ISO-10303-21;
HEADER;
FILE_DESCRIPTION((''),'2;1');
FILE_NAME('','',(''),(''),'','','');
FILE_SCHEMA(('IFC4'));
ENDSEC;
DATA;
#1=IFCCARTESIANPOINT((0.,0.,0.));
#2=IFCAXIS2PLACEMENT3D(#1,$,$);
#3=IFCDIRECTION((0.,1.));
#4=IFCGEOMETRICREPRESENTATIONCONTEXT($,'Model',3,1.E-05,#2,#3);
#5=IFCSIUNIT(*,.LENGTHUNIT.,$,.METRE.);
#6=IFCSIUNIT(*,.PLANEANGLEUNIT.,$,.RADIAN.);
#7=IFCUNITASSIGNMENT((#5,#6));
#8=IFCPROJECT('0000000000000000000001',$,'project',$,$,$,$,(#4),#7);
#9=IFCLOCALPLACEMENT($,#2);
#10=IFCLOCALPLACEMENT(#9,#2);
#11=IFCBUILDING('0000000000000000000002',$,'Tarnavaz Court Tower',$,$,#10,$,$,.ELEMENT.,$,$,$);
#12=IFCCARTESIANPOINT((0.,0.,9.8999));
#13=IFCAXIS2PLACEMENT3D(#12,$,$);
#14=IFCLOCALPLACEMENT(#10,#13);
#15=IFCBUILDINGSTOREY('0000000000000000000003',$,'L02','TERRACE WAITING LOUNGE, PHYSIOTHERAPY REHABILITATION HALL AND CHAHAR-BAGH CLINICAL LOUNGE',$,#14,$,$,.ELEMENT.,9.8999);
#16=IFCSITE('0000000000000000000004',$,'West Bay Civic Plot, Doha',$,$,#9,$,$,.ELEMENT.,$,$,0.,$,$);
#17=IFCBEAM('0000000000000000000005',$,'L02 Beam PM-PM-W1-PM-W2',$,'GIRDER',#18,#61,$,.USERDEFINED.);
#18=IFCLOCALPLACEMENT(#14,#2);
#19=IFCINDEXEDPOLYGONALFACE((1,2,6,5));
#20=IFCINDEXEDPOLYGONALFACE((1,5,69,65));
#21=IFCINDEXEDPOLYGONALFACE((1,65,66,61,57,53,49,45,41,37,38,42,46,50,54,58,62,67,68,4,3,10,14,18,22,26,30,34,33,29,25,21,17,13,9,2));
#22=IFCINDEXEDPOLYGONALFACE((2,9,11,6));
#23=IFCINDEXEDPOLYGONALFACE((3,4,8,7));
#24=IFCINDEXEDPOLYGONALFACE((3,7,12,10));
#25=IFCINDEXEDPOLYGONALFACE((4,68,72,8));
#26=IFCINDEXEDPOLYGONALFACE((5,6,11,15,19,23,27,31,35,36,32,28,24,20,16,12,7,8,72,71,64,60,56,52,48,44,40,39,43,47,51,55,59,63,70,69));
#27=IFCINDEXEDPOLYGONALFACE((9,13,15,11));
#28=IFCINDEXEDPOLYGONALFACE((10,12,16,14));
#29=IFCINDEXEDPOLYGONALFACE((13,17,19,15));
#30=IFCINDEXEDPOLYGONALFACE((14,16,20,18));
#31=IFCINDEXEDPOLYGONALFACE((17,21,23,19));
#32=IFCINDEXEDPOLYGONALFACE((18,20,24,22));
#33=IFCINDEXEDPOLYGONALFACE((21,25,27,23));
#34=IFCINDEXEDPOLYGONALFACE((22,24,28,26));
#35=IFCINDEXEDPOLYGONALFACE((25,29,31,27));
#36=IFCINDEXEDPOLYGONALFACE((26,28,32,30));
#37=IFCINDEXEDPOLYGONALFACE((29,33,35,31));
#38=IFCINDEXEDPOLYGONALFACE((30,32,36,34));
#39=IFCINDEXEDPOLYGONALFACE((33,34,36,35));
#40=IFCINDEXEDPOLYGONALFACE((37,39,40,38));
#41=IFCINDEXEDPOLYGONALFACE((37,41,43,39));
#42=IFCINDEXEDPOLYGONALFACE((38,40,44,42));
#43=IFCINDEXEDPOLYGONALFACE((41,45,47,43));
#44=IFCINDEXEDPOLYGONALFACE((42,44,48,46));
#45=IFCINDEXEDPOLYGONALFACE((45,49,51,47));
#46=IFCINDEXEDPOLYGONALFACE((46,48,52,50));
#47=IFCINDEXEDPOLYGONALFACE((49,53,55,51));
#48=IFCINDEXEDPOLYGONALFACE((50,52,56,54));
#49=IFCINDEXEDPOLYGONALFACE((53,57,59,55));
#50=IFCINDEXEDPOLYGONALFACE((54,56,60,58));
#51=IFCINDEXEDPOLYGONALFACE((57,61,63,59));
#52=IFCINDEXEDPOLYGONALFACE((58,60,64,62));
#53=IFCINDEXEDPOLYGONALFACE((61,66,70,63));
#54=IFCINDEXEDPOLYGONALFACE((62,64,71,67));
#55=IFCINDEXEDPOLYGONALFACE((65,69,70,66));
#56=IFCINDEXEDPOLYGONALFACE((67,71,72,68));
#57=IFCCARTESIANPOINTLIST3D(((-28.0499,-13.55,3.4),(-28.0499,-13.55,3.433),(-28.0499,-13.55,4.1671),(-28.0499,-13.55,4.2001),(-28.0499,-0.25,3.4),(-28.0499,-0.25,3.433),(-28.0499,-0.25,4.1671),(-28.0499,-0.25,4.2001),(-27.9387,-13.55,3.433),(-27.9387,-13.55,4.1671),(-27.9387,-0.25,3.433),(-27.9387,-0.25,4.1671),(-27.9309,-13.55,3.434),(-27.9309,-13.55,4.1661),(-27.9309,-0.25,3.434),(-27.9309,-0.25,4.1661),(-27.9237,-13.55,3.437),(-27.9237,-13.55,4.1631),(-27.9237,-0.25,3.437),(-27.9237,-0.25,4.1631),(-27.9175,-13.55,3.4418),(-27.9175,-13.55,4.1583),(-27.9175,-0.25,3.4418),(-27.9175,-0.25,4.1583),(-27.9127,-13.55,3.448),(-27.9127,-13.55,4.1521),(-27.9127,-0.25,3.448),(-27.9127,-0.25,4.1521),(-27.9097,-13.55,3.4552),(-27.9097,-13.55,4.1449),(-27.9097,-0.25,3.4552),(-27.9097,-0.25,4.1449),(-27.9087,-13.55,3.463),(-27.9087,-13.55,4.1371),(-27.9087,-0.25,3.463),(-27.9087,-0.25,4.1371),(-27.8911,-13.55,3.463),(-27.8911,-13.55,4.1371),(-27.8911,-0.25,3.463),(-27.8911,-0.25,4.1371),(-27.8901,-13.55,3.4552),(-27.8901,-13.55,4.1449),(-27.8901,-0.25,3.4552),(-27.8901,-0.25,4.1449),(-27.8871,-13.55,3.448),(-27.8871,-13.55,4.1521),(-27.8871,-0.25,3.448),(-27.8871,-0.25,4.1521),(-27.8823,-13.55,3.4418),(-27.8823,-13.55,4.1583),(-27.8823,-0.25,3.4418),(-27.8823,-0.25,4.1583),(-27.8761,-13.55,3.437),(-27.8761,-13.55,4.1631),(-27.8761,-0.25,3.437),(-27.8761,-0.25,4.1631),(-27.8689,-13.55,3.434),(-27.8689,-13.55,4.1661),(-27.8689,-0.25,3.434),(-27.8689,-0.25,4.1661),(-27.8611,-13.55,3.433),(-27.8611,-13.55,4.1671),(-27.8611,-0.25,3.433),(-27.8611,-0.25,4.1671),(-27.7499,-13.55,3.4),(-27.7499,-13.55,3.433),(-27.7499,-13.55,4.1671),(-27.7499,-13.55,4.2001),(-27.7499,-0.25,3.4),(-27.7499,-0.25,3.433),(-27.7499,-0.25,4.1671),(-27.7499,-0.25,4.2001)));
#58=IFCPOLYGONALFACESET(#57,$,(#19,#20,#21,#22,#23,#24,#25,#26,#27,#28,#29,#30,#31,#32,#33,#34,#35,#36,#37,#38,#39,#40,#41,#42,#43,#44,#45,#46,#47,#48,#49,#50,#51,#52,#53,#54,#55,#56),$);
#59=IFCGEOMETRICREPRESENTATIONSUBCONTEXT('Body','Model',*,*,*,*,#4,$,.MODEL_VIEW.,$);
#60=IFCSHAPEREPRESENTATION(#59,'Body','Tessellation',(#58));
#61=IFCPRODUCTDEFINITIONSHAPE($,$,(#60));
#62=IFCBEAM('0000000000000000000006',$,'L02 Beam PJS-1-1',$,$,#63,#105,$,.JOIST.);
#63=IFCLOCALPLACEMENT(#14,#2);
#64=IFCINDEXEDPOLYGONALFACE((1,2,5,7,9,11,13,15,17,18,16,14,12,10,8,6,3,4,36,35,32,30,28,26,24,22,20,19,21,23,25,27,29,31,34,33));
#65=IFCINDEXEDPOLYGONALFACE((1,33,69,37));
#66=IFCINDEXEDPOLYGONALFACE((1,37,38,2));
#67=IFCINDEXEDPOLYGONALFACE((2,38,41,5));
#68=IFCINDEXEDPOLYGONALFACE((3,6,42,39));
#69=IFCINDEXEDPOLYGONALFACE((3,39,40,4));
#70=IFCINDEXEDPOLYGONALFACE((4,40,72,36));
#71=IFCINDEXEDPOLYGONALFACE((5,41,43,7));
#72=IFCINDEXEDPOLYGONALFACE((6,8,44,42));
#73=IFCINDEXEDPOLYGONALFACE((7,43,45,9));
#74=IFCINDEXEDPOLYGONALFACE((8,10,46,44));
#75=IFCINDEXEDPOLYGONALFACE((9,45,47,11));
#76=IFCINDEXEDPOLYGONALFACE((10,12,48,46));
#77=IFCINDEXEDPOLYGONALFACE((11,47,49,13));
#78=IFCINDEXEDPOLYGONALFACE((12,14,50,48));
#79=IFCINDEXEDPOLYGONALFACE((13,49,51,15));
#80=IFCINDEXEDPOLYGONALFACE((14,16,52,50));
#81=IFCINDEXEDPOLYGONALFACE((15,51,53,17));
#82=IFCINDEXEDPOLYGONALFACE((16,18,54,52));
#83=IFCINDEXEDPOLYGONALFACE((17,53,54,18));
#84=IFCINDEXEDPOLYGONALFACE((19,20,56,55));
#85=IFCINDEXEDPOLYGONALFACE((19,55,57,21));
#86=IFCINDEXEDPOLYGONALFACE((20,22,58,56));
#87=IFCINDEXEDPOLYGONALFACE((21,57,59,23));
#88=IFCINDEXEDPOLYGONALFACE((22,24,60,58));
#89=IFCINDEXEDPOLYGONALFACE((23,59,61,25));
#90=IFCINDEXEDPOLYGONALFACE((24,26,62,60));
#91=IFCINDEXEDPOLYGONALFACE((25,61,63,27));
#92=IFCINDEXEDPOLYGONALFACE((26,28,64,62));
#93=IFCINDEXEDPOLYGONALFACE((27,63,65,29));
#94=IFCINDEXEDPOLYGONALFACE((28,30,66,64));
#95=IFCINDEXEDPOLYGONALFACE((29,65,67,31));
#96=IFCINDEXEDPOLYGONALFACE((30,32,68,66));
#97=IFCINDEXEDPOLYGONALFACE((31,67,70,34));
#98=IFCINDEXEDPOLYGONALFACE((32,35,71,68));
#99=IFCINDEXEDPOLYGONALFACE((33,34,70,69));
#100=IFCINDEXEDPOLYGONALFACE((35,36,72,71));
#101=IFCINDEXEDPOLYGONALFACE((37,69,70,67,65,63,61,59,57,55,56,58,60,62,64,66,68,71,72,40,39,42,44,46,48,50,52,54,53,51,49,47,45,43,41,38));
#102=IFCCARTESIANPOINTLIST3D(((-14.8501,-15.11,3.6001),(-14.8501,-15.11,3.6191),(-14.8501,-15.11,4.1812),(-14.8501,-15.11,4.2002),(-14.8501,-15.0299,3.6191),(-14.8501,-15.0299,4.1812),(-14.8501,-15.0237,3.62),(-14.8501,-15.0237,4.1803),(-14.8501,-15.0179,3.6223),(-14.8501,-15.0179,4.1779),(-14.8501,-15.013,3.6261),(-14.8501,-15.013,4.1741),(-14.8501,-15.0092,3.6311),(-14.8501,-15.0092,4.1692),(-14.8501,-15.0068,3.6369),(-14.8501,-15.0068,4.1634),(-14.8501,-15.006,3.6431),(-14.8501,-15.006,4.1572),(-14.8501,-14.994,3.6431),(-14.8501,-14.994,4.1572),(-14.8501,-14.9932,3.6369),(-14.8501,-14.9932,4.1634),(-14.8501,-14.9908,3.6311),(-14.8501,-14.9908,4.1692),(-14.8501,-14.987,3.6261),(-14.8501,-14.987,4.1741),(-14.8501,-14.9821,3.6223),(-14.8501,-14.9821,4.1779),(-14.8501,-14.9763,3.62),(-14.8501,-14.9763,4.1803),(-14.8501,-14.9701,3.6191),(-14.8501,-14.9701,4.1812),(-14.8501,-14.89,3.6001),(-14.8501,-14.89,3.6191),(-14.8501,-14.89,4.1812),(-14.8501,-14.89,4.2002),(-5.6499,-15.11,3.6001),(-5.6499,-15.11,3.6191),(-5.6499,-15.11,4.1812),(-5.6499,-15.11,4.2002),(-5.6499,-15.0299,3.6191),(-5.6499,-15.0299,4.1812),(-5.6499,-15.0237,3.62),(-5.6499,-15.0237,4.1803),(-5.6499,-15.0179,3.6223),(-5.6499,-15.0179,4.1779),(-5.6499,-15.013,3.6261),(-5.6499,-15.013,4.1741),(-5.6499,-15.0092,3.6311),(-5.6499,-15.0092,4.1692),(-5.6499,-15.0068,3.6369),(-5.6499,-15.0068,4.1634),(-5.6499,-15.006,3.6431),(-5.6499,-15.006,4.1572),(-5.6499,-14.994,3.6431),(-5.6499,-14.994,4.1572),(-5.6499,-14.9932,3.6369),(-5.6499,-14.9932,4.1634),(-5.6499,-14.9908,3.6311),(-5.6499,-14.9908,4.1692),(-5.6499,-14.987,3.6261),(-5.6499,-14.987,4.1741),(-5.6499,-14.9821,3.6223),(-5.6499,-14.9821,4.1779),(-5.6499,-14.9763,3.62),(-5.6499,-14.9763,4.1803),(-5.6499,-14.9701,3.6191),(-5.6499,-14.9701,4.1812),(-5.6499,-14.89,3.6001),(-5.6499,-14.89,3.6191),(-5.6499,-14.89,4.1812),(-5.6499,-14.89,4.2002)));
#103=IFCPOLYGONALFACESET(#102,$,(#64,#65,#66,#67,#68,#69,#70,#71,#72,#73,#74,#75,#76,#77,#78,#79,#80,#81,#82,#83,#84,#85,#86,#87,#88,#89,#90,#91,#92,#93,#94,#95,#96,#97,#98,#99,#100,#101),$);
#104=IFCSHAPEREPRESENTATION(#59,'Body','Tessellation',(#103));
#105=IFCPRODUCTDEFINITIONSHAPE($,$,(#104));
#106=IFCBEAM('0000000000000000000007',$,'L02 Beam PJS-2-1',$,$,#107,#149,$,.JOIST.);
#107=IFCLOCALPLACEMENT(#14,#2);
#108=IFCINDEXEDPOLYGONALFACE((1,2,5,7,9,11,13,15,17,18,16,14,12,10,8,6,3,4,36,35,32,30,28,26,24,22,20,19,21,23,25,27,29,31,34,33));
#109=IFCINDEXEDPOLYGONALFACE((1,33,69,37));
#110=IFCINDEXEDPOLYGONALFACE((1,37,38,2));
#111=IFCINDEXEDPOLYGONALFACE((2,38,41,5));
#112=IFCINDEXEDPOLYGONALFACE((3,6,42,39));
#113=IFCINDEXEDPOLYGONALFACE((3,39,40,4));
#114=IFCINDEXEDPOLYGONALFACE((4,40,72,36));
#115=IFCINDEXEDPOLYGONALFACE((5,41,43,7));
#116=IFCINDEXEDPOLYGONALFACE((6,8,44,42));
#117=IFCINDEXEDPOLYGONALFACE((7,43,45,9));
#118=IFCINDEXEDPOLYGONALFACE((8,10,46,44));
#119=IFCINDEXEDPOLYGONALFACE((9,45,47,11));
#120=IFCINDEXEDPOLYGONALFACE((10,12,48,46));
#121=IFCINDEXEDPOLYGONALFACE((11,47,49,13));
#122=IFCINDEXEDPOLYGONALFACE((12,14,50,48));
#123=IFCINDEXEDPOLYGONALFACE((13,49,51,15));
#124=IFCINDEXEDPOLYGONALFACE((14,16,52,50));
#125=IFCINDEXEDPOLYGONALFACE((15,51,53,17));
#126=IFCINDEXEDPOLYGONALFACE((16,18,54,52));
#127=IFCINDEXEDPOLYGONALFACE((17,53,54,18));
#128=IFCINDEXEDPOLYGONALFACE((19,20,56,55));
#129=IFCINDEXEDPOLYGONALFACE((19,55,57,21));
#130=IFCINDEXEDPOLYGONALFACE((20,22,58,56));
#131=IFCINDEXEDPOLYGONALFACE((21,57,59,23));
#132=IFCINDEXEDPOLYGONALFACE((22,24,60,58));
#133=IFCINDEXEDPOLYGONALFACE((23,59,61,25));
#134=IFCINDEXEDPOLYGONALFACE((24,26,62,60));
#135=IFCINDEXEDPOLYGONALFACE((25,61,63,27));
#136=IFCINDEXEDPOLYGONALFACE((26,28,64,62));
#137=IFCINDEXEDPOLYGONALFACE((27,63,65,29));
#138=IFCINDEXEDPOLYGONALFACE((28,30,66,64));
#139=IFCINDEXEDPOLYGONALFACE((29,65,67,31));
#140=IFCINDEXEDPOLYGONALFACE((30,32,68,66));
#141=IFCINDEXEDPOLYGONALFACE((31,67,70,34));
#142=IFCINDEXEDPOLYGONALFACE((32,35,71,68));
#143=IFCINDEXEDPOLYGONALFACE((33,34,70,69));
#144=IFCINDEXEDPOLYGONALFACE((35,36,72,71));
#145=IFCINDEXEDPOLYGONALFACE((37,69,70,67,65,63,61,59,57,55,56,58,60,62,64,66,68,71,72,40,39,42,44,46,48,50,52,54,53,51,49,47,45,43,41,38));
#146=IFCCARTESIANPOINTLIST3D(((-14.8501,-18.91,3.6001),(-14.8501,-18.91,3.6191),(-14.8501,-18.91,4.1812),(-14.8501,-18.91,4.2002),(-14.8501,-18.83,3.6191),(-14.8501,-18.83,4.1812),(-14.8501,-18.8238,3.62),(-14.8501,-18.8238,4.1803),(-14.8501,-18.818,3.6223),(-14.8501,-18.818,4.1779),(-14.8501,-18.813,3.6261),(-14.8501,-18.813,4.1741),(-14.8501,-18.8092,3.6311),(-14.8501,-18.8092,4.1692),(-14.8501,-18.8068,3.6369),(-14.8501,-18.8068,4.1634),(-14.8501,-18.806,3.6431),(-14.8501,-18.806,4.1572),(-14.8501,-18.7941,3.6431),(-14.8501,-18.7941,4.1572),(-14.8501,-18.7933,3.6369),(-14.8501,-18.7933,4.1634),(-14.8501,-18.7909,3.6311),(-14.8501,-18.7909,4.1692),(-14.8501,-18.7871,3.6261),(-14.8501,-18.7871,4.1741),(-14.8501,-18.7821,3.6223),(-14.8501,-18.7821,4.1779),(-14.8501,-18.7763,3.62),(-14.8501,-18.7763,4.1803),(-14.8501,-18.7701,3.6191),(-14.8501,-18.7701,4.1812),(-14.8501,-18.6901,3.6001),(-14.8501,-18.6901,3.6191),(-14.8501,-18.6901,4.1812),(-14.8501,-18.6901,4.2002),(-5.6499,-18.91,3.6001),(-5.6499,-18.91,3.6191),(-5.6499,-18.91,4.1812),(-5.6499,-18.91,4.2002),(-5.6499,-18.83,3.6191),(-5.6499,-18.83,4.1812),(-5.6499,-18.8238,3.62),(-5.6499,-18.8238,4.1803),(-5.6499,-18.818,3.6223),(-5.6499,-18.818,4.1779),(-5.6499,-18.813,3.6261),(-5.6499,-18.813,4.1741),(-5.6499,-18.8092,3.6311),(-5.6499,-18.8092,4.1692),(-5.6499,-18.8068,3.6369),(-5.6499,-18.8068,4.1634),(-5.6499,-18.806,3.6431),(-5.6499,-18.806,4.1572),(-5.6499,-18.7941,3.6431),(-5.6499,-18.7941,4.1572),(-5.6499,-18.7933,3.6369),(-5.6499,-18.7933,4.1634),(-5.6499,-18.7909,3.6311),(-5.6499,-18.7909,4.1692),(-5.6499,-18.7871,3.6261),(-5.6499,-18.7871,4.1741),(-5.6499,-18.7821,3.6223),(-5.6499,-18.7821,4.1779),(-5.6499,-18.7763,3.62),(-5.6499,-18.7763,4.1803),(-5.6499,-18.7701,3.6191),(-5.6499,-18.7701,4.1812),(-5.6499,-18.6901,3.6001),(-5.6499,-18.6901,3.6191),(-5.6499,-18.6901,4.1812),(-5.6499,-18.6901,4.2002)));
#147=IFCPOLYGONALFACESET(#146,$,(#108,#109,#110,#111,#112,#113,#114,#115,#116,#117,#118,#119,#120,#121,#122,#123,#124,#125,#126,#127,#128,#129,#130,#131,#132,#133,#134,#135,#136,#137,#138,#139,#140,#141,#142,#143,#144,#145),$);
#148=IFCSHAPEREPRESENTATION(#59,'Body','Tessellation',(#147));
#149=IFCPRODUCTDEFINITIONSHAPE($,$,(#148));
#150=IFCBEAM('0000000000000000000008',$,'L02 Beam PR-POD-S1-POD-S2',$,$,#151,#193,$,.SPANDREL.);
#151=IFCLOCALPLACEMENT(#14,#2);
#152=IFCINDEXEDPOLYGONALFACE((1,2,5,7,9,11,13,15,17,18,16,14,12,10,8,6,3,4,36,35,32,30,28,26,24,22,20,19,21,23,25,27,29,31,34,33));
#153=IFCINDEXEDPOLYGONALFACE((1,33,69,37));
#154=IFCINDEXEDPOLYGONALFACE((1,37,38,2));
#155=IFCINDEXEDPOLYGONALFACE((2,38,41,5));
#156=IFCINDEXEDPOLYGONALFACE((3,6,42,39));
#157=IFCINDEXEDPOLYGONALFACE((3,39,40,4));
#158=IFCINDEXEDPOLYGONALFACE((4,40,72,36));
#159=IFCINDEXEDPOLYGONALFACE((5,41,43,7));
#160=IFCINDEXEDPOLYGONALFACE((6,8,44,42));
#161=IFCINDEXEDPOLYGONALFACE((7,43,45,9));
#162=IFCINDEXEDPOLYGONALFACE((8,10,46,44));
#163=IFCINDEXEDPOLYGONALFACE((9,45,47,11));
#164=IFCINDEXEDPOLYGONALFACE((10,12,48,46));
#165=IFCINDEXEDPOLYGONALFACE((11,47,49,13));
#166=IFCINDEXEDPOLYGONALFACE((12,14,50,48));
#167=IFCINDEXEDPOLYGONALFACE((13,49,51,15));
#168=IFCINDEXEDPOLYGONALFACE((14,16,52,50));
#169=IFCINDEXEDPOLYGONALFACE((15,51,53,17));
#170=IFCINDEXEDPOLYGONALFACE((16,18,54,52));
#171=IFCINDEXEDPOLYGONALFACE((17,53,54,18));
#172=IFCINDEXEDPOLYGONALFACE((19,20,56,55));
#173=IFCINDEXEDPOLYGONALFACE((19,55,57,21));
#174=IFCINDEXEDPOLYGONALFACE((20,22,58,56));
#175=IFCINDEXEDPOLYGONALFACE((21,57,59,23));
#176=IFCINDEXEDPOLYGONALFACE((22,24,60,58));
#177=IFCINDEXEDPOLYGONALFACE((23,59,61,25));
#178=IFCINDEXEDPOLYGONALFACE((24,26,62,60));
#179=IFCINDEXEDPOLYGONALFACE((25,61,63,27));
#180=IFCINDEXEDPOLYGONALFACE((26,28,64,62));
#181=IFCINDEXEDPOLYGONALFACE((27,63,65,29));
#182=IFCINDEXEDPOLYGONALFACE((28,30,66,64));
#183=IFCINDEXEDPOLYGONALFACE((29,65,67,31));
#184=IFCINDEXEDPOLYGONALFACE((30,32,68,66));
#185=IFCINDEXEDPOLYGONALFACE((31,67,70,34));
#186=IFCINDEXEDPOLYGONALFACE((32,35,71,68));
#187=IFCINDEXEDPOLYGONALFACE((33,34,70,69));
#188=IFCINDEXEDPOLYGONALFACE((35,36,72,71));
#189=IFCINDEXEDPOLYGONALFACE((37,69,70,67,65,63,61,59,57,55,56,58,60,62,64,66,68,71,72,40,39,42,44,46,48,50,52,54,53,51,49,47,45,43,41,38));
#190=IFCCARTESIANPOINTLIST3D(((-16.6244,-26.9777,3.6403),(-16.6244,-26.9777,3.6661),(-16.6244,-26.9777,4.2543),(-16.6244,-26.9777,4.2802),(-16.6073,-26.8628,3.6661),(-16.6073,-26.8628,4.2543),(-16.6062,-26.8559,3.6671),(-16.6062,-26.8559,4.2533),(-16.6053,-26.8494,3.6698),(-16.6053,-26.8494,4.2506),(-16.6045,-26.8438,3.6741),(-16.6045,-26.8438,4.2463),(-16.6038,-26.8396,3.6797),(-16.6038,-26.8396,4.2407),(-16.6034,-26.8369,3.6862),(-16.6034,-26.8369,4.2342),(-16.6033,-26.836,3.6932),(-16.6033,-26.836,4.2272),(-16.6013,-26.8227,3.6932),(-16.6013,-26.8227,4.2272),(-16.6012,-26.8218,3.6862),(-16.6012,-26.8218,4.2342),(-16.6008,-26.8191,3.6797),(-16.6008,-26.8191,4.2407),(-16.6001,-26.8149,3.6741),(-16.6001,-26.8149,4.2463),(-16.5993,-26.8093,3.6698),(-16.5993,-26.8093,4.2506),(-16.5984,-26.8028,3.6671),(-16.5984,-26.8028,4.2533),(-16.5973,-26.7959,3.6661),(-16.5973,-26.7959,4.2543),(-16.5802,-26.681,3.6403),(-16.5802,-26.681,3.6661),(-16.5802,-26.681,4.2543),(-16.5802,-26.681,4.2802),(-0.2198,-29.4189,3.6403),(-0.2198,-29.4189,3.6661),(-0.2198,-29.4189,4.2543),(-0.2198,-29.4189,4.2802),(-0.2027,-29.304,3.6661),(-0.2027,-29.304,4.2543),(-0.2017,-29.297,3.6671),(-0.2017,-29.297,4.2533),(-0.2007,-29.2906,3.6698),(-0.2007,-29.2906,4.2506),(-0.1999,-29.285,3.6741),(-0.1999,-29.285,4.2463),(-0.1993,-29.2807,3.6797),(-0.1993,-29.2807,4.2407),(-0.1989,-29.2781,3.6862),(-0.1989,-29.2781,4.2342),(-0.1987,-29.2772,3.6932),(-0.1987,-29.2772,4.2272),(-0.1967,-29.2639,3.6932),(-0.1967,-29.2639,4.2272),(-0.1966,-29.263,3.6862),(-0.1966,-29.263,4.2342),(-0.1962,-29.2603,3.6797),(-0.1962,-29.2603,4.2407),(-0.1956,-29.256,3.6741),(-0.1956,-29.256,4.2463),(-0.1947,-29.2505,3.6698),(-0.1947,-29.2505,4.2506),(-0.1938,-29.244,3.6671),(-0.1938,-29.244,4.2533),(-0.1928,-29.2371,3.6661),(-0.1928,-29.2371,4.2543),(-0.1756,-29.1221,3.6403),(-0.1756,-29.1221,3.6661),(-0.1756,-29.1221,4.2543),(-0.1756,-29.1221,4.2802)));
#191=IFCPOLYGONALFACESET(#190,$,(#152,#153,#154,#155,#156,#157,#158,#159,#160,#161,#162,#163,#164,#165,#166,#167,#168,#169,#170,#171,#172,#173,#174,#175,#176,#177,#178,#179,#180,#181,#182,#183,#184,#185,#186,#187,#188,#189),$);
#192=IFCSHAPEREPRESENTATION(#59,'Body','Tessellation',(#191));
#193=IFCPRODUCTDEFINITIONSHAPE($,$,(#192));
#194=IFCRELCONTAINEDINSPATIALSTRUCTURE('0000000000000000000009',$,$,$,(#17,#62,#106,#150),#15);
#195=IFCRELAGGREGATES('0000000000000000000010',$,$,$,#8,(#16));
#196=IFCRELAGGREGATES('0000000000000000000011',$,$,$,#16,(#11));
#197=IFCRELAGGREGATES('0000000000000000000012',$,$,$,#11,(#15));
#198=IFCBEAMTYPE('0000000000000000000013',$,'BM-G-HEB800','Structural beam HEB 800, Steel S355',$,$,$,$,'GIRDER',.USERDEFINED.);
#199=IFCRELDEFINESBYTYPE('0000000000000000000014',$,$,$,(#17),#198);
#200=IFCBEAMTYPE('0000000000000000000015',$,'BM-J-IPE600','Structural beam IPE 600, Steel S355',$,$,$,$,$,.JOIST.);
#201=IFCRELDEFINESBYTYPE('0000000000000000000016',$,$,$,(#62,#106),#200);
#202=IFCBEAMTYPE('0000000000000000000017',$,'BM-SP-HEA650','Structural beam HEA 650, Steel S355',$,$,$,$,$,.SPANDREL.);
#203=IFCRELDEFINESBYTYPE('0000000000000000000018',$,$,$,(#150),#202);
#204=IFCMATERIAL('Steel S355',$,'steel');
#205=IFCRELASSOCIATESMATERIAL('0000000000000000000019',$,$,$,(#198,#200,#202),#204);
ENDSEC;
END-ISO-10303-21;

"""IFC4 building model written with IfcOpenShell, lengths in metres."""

from ifc_helpers import new_model, si_unit, direction, frame, origin, origin_2d, place, context, subcontext, project, spatial, i_section, extrude, material, material_profile, profile_set, type_object, element, save


model = new_model("IFC4")

# Units and contexts
model_context = context("Model", 3, precision=1e-05, world=origin(), true_north=direction((0.0, 1.0)))
body_context = subcontext(model_context, "Body", "Model", "MODEL_VIEW")
ifc_project = project(units=[si_unit("LENGTHUNIT", "METRE"), si_unit("PLANEANGLEUNIT", "RADIAN")], contexts=[model_context])

# Site, building, storey
site_placement = place(None, origin())
site = spatial("IfcSite", under=ifc_project, at=site_placement, Name="West Bay Civic Plot, Doha", CompositionType="ELEMENT", RefElevation=0.0)
building_placement = place(site_placement, origin())
building = spatial("IfcBuilding", under=site, at=building_placement, Name="Tarnavaz Court Tower", CompositionType="ELEMENT")
storey_placement = place(building_placement, frame((0.0, 0.0, 9.8999)))
storey = spatial("IfcBuildingStorey", under=building, at=storey_placement, Name="L02", Description="TERRACE WAITING LOUNGE, PHYSIOTHERAPY REHABILITATION HALL AND CHAHAR-BAGH CLINICAL LOUNGE", CompositionType="ELEMENT", Elevation=9.8999)

# Beams
ifc_material_1 = material(Name="Steel S355", Category="steel")
ifc_material_profile_1 = material_profile(ifc_material_1, i_section(OverallWidth=0.3, OverallDepth=0.8, WebThickness=0.0176, FlangeThickness=0.033, FilletRadius=0.03, at=origin_2d()), Name="HEB 800")
ifc_profile_set_1 = profile_set([ifc_material_profile_1], Name="Steel S355")
beam_type_1 = type_object("IfcBeamType", Name="BM-G-HEB800", Description="Structural beam HEB 800, Steel S355", ElementType="GIRDER", PredefinedType="USERDEFINED", material=ifc_profile_set_1)
beam_1_placement = place(storey_placement, frame((-27.8999, -13.55, 3.8), z_axis=(0.0, 1.0, 0.0), x_axis=(-1.0, 0.0, 0.0)))
element("IfcBeam", 1, at=beam_1_placement, inside=storey, type_object=beam_type_1, Name="L02 Beam PM-PM-W1-PM-W2", ObjectType="GIRDER", PredefinedType="USERDEFINED", context=body_context, shape_type="SweptSolid", body=[
    extrude(i_section(OverallWidth=0.3, OverallDepth=0.8, WebThickness=0.0176, FlangeThickness=0.033, FilletRadius=0.03, at=origin_2d()), origin(), (0.0, 0.0, 1.0), 13.3),
])
ifc_material_profile_2 = material_profile(ifc_material_1, i_section(OverallWidth=0.22, OverallDepth=0.6001, WebThickness=0.012, FlangeThickness=0.019, FilletRadius=0.0239, at=origin_2d()), Name="IPE 600")
ifc_profile_set_2 = profile_set([ifc_material_profile_2], Name="Steel S355")
beam_type_2 = type_object("IfcBeamType", Name="BM-J-IPE600", Description="Structural beam IPE 600, Steel S355", PredefinedType="JOIST", material=ifc_profile_set_2)
for number, where, z_axis, x_axis, name in (
    (2, (-14.8501, -15.0, 3.9001), (1.0, 0.0, 0.0), (0.0, 1.0, 0.0), "L02 Beam PJS-1-1"),
    (3, (-14.8501, -18.8, 3.9001), (1.0, 0.0, 0.0), (0.0, 1.0, 0.0), "L02 Beam PJS-2-1"),
):
    element("IfcBeam", number, at=place(storey_placement, frame(where, z_axis=z_axis, x_axis=x_axis)), inside=storey, type_object=beam_type_2, Name=name, PredefinedType="JOIST", context=body_context, shape_type="SweptSolid", body=[
        extrude(i_section(OverallWidth=0.22, OverallDepth=0.6001, WebThickness=0.012, FlangeThickness=0.019, FilletRadius=0.0239, at=origin_2d()), origin(), (0.0, 0.0, 1.0), 9.2002),
    ])
ifc_material_profile_3 = material_profile(ifc_material_1, i_section(OverallWidth=0.3, OverallDepth=0.6399, WebThickness=0.0134, FlangeThickness=0.0259, FilletRadius=0.0271, at=origin_2d()), Name="HEA 650")
ifc_profile_set_3 = profile_set([ifc_material_profile_3], Name="Steel S355")
beam_type_3 = type_object("IfcBeamType", Name="BM-SP-HEA650", Description="Structural beam HEA 650, Steel S355", PredefinedType="SPANDREL", material=ifc_profile_set_3)
beam_2_placement = place(storey_placement, frame((-16.6023, -26.8293, 3.9602), z_axis=(0.989108, -0.147189, 0.0), x_axis=(0.147189, 0.989108, 0.0)))
element("IfcBeam", 4, at=beam_2_placement, inside=storey, type_object=beam_type_3, Name="L02 Beam PR-POD-S1-POD-S2", PredefinedType="SPANDREL", context=body_context, shape_type="SweptSolid", body=[
    extrude(i_section(OverallWidth=0.3, OverallDepth=0.6399, WebThickness=0.0134, FlangeThickness=0.0259, FilletRadius=0.0271, at=origin_2d()), origin(), (0.0, 0.0, 1.0), 16.5852),
])

save(model, "model.ifc")
